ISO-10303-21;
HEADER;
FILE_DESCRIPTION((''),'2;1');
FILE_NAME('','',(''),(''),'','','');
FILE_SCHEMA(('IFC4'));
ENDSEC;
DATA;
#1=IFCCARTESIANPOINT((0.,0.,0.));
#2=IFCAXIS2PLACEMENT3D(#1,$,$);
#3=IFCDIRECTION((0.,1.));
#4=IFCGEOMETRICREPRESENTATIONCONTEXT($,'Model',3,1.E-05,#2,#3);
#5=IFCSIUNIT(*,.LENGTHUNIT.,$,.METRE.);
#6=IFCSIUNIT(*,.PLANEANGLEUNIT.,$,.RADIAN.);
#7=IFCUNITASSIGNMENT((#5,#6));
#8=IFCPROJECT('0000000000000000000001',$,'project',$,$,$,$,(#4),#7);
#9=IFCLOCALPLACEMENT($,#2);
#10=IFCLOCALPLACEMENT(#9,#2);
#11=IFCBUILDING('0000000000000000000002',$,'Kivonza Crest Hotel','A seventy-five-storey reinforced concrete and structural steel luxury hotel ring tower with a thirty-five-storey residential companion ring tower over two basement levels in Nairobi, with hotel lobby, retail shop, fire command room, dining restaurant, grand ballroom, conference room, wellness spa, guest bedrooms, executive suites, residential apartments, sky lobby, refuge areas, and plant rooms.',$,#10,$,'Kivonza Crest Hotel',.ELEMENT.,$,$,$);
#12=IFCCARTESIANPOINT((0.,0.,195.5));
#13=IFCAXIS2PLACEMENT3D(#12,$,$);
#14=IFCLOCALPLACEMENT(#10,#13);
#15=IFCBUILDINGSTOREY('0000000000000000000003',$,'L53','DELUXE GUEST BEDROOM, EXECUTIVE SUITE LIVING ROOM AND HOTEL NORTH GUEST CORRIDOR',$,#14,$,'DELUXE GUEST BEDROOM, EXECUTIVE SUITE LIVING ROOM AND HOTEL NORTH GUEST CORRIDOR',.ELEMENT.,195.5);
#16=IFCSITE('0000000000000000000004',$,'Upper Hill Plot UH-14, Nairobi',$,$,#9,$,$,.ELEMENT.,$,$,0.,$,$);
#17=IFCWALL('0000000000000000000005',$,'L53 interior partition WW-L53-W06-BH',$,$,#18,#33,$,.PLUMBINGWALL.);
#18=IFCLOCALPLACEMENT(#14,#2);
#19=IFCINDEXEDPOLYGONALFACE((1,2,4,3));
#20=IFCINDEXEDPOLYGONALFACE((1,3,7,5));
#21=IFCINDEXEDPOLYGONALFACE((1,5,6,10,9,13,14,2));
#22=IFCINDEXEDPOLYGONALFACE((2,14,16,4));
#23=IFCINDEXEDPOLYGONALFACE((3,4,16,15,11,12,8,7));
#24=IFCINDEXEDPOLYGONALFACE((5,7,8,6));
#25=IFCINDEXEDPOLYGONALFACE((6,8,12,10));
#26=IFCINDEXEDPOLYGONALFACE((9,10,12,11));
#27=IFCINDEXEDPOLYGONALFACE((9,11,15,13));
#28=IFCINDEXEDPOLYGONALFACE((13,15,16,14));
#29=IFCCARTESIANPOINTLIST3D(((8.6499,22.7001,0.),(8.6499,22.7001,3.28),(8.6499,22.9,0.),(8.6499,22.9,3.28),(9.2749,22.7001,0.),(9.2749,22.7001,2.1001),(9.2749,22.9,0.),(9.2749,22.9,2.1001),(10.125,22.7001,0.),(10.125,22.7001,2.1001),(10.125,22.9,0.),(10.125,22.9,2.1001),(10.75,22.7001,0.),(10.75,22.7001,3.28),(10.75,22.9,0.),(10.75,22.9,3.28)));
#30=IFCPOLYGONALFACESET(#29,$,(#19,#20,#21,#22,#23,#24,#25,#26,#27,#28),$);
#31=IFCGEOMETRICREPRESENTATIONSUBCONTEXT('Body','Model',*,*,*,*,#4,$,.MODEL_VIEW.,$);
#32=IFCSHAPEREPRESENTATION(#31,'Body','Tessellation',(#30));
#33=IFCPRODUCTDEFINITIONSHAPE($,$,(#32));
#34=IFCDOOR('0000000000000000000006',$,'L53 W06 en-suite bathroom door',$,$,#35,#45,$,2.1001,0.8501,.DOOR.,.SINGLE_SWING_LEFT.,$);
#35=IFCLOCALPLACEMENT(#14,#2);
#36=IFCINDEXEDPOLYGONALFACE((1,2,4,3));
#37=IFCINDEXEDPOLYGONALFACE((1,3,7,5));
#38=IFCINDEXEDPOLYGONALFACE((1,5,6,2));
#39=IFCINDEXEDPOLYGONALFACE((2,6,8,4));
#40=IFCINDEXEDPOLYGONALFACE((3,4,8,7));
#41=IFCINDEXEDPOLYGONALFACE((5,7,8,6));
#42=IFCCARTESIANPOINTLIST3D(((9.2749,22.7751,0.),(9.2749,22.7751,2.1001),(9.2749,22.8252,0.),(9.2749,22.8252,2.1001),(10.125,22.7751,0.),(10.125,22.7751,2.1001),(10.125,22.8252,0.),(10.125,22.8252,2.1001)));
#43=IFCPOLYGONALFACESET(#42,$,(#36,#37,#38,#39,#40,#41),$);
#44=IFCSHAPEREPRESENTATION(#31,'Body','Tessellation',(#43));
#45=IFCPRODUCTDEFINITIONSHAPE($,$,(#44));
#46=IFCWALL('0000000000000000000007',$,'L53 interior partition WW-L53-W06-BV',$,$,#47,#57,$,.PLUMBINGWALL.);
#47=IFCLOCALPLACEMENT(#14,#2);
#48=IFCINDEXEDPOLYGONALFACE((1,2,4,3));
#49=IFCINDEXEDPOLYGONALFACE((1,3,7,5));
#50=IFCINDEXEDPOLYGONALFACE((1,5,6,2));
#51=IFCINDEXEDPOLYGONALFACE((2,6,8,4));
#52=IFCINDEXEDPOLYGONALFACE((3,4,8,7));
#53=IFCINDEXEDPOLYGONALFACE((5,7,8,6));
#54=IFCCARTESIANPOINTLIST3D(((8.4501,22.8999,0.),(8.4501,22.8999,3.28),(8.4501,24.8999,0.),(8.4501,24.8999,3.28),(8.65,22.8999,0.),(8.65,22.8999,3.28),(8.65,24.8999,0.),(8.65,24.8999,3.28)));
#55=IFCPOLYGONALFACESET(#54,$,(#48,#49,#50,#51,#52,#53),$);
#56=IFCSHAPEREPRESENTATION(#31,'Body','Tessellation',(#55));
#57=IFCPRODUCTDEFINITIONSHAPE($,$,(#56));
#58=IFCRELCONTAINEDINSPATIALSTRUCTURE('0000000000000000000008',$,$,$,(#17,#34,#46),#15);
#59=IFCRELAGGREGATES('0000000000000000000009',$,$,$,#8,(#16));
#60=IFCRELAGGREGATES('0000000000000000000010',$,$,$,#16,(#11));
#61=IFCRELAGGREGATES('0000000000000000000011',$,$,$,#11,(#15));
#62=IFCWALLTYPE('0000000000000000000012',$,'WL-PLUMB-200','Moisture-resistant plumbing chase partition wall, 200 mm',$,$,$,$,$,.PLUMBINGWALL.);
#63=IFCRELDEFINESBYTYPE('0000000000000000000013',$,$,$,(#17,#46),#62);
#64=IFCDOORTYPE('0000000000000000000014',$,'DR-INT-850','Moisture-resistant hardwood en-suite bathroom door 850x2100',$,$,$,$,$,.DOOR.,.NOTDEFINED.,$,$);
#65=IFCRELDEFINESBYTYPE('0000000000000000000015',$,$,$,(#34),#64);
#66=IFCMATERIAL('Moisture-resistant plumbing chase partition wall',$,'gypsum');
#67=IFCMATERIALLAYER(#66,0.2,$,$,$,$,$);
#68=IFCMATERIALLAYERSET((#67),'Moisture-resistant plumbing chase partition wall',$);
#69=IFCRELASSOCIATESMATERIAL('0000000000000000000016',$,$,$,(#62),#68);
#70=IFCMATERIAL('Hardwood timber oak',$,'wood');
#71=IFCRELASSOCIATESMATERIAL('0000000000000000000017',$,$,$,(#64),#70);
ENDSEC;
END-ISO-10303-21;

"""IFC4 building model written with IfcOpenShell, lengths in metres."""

from ifc_helpers import new_model, si_unit, direction, frame, frame_2d, origin, place, context, subcontext, project, spatial, rectangle, extrude, material, layer, layer_set, type_object, element, fill, save


model = new_model("IFC4")

# Units and contexts
model_context = context("Model", 3, precision=1e-05, world=origin(), true_north=direction((0.0, 1.0)))
body_context = subcontext(model_context, "Body", "Model", "MODEL_VIEW")
ifc_project = project(units=[si_unit("LENGTHUNIT", "METRE"), si_unit("PLANEANGLEUNIT", "RADIAN")], contexts=[model_context])

# Site, building, storey
site_placement = place(None, origin())
site = spatial("IfcSite", under=ifc_project, at=site_placement, Name="Upper Hill Plot UH-14, Nairobi", CompositionType="ELEMENT", RefElevation=0.0)
building_placement = place(site_placement, origin())
building = spatial("IfcBuilding", under=site, at=building_placement, Name="Kivonza Crest Hotel", Description="A seventy-five-storey reinforced concrete and structural steel luxury hotel ring tower with a thirty-five-storey residential companion ring tower over two basement levels in Nairobi, with hotel lobby, retail shop, fire command room, dining restaurant, grand ballroom, conference room, wellness spa, guest bedrooms, executive suites, residential apartments, sky lobby, refuge areas, and plant rooms.", LongName="Kivonza Crest Hotel", CompositionType="ELEMENT")
storey_placement = place(building_placement, frame((0.0, 0.0, 195.5)))
storey = spatial("IfcBuildingStorey", under=building, at=storey_placement, Name="L53", Description="DELUXE GUEST BEDROOM, EXECUTIVE SUITE LIVING ROOM AND HOTEL NORTH GUEST CORRIDOR", LongName="DELUXE GUEST BEDROOM, EXECUTIVE SUITE LIVING ROOM AND HOTEL NORTH GUEST CORRIDOR", CompositionType="ELEMENT", Elevation=195.5)

# Shared definitions
ifc_material_1 = material(Name="Hardwood timber oak", Category="wood")

# Wall, opening, door
ifc_material_2 = material(Name="Moisture-resistant plumbing chase partition wall", Category="gypsum")
ifc_layer_1 = layer(ifc_material_2, 0.2)
ifc_layer_set_1 = layer_set([ifc_layer_1], Name="Moisture-resistant plumbing chase partition wall")
wall_type_1 = type_object("IfcWallType", Name="WL-PLUMB-200", Description="Moisture-resistant plumbing chase partition wall, 200 mm", PredefinedType="PLUMBINGWALL", material=ifc_layer_set_1)
wall_1_placement = place(storey_placement, frame((8.6499, 22.8, 0.0), z_axis=(0.0, 0.0, 1.0), x_axis=(1.0, 0.0, 0.0)))
wall_1 = element("IfcWall", 1, at=wall_1_placement, inside=storey, type_object=wall_type_1, Name="L53 interior partition WW-L53-W06-BH", PredefinedType="PLUMBINGWALL", context=body_context, shape_type="SweptSolid", body=[
    extrude(rectangle(XDim=2.1001, YDim=0.2, at=frame_2d((1.05, 0.0))), origin(), (0.0, 0.0, 1.0), 3.28),
])
opening_1_placement = place(wall_1_placement, frame((0.625, 0.0, 0.0)))
opening_1 = element("IfcOpeningElement", 2, at=opening_1_placement, cuts=wall_1, PredefinedType="OPENING", context=body_context, shape_type="SweptSolid", body=[
    extrude(rectangle(XDim=0.8501, YDim=2.1001, at=frame_2d((0.425, 1.05))), frame((0.0, 0.1099, 0.0), z_axis=(0.0, -1.0, 0.0), x_axis=(1.0, 0.0, 0.0)), (0.0, 0.0, 1.0), 0.22),
])
door_type_1 = type_object("IfcDoorType", Name="DR-INT-850", Description="Moisture-resistant hardwood en-suite bathroom door 850x2100", OperationType="NOTDEFINED", PredefinedType="DOOR", material=ifc_material_1)
door_1_placement = place(opening_1_placement, frame((0.8501, 0.0, 0.0), z_axis=(0.0, 0.0, 1.0), x_axis=(-1.0, 0.0, 0.0)))
door_1 = element("IfcDoor", 3, at=door_1_placement, inside=storey, type_object=door_type_1, Name="L53 W06 en-suite bathroom door", OperationType="SINGLE_SWING_LEFT", OverallHeight=2.1001, OverallWidth=0.8501, PredefinedType="DOOR", context=body_context, shape_type="SweptSolid", body=[
    extrude(rectangle(XDim=0.8501, YDim=2.1001, at=frame_2d((0.425, 1.05))), frame((0.0, 0.0249, 0.0), z_axis=(0.0, -1.0, 0.0), x_axis=(1.0, 0.0, 0.0)), (0.0, 0.0, 1.0), 0.05),
])
fill(opening_1, door_1)

# Wall
wall_2_placement = place(storey_placement, frame((8.55, 22.8999, 0.0), z_axis=(0.0, 0.0, 1.0), x_axis=(0.0, 1.0, 0.0)))
element("IfcWall", 4, at=wall_2_placement, inside=storey, type_object=wall_type_1, Name="L53 interior partition WW-L53-W06-BV", PredefinedType="PLUMBINGWALL", context=body_context, shape_type="SweptSolid", body=[
    extrude(rectangle(XDim=2.0, YDim=0.2, at=frame_2d((1.0, 0.0))), origin(), (0.0, 0.0, 1.0), 3.28),
])

save(model, "model.ifc")
